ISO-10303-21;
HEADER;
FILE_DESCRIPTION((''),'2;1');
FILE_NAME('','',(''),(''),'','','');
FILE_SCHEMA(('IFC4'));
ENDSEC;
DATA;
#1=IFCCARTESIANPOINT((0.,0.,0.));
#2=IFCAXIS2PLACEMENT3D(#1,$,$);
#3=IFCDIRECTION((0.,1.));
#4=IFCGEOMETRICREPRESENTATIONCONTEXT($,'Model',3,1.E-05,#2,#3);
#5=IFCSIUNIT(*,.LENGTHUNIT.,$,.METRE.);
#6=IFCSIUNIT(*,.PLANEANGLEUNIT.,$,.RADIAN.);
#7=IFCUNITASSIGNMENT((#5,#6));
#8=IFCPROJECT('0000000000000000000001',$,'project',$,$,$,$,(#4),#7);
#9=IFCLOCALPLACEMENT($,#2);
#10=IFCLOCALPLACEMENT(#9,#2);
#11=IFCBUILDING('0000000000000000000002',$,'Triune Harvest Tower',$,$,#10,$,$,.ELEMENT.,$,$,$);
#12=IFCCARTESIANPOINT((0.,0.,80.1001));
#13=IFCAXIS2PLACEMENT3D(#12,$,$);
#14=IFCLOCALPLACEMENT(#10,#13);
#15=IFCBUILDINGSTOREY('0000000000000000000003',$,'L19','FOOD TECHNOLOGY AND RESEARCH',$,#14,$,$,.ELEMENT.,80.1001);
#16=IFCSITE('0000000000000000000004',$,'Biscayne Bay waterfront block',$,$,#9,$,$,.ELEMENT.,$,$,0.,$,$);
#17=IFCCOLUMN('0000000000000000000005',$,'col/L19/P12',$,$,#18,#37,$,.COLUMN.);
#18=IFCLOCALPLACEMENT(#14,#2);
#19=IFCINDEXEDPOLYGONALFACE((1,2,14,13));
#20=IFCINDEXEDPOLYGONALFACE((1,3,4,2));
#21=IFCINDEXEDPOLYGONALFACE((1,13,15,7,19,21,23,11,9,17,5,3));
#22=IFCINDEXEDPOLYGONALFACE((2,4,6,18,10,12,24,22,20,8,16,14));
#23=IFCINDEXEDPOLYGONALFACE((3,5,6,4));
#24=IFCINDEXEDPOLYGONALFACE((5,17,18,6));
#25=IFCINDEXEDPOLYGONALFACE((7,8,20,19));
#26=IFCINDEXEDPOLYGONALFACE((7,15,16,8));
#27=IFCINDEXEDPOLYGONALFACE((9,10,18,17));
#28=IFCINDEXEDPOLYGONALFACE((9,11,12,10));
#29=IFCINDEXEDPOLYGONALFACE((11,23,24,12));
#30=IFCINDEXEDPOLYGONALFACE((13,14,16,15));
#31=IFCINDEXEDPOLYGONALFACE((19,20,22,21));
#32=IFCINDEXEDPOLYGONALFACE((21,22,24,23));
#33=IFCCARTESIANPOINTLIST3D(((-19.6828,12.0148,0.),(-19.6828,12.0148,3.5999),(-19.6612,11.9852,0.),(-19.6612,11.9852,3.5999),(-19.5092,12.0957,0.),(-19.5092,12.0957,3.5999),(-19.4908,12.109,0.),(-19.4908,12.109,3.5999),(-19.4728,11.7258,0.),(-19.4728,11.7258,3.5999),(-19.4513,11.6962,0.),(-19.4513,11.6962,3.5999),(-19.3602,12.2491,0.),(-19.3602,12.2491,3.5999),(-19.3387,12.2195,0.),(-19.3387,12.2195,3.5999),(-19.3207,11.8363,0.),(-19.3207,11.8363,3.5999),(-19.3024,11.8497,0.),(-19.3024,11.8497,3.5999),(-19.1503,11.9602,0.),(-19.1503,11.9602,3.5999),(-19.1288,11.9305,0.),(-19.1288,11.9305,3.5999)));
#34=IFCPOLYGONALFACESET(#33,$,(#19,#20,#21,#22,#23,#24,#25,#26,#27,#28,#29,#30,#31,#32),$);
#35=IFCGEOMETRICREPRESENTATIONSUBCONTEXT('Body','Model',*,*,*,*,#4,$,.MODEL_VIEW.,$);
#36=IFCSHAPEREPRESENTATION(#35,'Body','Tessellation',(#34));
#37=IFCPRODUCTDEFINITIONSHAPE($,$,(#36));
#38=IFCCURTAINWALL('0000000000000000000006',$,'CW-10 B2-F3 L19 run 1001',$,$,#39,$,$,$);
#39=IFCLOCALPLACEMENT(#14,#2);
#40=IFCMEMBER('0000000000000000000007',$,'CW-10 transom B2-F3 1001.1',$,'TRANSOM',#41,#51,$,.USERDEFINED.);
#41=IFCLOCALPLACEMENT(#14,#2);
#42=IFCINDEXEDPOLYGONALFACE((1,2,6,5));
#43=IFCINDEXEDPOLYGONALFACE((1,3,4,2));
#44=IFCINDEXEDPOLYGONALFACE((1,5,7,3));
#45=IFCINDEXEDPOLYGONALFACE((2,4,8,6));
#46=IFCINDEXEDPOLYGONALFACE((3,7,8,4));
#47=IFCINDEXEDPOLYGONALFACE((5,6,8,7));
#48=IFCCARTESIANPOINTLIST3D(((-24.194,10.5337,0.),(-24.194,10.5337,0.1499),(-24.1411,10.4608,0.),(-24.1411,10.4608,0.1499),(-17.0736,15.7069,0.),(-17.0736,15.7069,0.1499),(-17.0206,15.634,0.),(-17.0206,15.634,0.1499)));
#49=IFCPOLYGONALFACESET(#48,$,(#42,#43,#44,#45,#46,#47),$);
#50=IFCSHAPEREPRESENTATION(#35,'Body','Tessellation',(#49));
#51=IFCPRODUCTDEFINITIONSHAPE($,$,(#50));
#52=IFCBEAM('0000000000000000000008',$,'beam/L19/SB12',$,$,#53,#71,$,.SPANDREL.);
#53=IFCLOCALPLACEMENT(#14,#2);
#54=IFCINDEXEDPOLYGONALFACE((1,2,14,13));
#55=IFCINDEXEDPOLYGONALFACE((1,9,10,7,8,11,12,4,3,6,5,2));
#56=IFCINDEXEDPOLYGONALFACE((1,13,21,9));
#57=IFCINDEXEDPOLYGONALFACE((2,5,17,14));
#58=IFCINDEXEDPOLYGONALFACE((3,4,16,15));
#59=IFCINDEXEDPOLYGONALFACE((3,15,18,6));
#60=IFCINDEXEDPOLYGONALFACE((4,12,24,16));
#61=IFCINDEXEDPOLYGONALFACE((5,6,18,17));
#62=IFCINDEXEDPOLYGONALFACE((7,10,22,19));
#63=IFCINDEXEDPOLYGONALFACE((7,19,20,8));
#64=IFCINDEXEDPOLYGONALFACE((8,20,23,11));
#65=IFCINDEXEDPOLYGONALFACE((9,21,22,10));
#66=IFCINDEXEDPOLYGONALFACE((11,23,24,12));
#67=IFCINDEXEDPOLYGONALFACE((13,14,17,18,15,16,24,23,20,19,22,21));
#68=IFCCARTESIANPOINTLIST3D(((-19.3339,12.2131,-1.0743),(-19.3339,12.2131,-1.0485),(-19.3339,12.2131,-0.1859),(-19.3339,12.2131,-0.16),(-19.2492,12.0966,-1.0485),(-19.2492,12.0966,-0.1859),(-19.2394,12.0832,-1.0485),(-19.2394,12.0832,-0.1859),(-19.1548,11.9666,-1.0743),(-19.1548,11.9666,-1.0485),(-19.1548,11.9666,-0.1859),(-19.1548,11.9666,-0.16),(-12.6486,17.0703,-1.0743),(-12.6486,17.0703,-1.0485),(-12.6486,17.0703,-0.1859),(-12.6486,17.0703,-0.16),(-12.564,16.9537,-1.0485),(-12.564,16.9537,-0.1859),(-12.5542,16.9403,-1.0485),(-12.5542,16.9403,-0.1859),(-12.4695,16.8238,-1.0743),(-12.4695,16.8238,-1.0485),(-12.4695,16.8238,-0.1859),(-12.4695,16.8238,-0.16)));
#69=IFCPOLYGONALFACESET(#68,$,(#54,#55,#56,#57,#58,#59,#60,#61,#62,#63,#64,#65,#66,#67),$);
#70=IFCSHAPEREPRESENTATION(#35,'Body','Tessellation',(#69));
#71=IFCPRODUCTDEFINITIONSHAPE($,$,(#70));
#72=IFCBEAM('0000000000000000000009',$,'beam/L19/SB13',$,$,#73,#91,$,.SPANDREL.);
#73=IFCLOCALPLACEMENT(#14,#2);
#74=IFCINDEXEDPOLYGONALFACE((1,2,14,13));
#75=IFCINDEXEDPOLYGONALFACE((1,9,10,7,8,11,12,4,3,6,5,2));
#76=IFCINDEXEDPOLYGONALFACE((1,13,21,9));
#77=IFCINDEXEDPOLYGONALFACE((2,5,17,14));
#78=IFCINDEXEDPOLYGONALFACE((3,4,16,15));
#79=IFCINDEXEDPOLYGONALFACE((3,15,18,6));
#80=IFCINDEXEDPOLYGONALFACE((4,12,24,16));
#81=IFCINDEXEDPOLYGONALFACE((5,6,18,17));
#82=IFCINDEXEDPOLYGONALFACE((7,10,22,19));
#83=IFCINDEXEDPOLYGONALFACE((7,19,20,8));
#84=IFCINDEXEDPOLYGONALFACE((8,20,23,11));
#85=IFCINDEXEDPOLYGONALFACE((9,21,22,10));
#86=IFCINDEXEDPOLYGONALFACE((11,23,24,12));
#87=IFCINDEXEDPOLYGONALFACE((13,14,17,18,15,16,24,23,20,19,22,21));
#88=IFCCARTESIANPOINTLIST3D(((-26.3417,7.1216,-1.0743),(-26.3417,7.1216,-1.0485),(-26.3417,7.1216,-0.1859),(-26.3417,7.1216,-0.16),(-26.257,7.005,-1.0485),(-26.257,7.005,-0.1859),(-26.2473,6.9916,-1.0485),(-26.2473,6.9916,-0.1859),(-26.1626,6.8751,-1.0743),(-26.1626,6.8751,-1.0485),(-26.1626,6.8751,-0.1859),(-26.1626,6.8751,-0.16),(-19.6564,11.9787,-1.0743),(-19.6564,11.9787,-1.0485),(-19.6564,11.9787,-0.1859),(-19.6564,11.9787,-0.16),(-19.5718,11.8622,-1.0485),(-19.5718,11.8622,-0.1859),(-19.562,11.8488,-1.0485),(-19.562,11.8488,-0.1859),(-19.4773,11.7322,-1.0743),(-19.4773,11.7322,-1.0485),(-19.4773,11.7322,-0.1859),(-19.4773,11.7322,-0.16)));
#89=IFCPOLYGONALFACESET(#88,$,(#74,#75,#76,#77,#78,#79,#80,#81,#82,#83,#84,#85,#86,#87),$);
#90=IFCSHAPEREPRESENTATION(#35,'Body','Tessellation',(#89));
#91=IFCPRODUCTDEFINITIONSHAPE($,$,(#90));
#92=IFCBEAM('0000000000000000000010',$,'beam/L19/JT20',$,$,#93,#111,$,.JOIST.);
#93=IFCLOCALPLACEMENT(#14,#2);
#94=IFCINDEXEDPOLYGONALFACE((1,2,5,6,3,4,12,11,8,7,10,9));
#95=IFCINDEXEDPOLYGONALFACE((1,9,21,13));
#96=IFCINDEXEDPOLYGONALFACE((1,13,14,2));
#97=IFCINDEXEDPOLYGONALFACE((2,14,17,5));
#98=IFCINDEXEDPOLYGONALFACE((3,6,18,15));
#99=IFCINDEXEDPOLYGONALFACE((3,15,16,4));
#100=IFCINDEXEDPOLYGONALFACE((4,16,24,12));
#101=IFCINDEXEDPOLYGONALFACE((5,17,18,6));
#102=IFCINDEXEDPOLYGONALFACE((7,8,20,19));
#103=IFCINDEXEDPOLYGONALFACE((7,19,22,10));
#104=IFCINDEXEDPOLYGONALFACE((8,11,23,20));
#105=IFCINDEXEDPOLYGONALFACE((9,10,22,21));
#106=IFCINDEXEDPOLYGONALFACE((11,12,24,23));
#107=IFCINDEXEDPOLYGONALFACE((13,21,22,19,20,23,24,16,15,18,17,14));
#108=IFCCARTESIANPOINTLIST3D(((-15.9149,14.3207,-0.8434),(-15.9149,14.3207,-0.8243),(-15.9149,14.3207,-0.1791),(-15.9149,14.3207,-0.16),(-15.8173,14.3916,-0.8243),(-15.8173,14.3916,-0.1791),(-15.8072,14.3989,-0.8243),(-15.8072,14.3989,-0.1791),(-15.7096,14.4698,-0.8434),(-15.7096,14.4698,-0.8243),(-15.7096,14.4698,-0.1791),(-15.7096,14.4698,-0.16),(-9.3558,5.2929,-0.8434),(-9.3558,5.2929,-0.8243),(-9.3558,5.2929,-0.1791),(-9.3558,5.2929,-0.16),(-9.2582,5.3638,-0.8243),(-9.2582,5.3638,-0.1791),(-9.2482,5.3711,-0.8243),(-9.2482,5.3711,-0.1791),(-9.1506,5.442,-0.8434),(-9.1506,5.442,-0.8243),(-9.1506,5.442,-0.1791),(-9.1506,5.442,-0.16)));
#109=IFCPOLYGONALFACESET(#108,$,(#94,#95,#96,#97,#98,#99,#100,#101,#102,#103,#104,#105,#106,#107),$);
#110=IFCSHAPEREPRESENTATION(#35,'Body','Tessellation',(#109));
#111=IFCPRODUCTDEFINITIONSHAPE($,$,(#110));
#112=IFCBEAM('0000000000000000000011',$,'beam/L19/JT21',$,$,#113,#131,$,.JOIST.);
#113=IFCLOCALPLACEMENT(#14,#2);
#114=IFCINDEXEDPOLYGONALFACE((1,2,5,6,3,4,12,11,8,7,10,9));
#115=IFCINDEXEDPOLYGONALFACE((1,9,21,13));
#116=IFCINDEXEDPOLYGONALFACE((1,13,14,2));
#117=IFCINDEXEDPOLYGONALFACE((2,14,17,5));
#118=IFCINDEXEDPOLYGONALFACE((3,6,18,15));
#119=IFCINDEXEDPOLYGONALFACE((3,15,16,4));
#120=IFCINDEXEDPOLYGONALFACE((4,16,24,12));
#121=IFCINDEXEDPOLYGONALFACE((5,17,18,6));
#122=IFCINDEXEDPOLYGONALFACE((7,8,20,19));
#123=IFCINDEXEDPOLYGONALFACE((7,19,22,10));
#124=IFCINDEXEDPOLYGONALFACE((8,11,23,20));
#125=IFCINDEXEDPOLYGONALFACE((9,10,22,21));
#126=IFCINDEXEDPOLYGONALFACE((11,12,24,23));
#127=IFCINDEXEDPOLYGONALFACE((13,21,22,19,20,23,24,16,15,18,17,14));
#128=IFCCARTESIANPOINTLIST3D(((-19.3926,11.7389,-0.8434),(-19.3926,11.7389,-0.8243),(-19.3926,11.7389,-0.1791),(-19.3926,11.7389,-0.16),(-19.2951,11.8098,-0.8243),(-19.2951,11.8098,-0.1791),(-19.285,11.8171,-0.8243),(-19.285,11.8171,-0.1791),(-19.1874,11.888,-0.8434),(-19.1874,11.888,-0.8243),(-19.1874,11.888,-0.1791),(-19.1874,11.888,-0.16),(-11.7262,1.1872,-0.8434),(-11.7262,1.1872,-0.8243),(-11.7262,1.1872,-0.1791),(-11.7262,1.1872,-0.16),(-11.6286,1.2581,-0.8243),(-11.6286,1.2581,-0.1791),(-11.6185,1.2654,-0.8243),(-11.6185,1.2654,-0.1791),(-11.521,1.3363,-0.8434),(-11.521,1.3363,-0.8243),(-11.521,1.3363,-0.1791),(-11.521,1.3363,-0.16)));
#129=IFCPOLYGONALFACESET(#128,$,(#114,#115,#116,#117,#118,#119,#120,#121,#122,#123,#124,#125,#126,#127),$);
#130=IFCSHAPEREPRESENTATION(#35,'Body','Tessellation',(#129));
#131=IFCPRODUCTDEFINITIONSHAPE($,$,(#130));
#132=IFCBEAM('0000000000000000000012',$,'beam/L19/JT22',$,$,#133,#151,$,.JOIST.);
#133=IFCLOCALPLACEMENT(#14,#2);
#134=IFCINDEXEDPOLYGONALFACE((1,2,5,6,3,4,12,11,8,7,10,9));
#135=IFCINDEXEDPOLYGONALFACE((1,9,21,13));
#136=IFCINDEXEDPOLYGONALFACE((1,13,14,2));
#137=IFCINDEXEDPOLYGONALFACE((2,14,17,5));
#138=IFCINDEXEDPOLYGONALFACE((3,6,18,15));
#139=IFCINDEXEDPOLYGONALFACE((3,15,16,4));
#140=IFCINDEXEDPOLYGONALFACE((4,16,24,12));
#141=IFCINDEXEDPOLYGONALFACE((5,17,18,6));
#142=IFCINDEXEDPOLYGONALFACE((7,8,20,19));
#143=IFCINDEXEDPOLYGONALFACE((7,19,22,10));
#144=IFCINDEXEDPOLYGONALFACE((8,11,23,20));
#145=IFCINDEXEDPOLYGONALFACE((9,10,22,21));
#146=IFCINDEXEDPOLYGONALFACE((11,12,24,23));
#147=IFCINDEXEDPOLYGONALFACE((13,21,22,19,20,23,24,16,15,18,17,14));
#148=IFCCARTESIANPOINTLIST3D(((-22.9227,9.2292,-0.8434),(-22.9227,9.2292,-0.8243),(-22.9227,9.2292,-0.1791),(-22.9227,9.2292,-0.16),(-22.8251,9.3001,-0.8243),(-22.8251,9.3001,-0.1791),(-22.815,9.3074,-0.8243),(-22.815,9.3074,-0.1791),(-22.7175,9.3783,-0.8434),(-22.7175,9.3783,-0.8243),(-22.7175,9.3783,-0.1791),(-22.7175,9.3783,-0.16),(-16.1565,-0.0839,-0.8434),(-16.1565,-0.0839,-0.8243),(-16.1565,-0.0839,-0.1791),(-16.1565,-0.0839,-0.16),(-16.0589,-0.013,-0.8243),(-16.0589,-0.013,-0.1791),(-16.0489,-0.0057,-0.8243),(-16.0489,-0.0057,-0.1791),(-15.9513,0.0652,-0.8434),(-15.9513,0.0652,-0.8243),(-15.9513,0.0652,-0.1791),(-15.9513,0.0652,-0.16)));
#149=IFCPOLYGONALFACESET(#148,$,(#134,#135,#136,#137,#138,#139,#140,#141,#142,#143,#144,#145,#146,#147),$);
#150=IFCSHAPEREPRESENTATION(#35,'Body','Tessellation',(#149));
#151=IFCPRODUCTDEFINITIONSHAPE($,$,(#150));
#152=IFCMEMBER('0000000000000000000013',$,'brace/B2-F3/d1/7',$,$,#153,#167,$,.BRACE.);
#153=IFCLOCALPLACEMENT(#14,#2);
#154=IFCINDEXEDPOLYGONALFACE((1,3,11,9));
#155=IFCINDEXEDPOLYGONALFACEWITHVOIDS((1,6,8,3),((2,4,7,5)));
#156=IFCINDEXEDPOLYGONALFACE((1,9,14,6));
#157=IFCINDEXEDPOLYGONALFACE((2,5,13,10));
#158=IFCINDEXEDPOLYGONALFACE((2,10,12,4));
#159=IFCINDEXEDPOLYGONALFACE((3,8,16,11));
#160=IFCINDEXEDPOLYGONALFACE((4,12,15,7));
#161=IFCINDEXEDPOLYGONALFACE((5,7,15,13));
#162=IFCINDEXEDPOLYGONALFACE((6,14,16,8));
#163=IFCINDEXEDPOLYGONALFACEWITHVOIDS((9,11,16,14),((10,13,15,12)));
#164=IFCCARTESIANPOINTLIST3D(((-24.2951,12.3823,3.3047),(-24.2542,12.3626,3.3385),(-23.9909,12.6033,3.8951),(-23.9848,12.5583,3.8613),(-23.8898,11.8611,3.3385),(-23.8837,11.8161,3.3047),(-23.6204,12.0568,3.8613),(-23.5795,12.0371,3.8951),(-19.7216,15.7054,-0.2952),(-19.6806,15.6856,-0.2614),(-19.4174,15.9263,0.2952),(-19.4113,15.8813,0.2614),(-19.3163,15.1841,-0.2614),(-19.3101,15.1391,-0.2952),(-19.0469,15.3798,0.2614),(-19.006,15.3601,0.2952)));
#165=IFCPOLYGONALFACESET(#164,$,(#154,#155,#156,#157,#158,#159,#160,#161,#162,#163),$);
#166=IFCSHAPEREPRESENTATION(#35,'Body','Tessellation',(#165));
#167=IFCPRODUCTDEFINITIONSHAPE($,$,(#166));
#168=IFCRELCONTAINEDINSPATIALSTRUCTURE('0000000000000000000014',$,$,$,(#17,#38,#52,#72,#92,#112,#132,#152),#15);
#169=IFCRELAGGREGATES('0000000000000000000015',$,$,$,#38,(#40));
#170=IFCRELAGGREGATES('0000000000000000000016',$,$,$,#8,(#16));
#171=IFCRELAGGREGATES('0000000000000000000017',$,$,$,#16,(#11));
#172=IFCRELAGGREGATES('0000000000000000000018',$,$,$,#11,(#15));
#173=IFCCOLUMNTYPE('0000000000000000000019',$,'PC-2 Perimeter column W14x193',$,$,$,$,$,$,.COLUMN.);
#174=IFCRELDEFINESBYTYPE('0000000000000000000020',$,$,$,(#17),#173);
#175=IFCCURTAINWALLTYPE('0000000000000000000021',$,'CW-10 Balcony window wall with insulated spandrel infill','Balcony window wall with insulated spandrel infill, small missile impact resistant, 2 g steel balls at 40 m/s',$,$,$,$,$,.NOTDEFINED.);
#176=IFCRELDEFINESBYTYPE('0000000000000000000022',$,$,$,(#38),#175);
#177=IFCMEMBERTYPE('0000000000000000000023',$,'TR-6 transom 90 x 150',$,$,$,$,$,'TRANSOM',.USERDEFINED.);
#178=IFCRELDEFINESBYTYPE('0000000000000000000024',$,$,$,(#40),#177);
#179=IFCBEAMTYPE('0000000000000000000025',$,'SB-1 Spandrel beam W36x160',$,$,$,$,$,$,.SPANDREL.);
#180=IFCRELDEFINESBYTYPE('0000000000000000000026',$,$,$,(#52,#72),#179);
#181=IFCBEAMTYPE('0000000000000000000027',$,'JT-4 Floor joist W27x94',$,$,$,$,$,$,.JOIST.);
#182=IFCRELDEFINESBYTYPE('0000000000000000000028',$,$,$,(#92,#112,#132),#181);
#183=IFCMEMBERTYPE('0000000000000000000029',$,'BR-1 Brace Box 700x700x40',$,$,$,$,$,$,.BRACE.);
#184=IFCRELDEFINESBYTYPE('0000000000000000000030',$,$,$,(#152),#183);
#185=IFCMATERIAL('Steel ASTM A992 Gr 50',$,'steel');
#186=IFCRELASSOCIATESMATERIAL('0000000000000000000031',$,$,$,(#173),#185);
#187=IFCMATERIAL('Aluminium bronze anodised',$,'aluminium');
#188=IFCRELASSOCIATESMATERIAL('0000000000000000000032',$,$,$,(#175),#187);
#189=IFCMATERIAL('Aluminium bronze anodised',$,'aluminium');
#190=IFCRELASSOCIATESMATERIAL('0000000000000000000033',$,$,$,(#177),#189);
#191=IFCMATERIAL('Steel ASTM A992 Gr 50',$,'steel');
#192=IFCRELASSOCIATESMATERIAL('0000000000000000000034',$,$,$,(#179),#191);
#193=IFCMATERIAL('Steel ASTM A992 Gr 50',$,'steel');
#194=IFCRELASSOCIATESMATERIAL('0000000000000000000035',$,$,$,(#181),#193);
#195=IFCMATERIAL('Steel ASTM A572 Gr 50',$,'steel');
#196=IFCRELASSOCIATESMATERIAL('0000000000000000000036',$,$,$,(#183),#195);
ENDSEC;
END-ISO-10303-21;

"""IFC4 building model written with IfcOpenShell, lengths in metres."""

from ifc_helpers import new_model, si_unit, direction, frame, origin, origin_2d, place, context, subcontext, project, spatial, rectangle, hollow_rectangle, i_section, extrude, source, transform, mapped, material, material_profile, profile_set, type_object, element, aggregate, save


model = new_model("IFC4")

# Units and contexts
model_context = context("Model", 3, precision=1e-05, world=origin(), true_north=direction((0.0, 1.0)))
body_context = subcontext(model_context, "Body", "Model", "MODEL_VIEW")
ifc_project = project(units=[si_unit("LENGTHUNIT", "METRE"), si_unit("PLANEANGLEUNIT", "RADIAN")], contexts=[model_context])

# Site, building, storey
site_placement = place(None, origin())
site = spatial("IfcSite", under=ifc_project, at=site_placement, Name="Biscayne Bay waterfront block", CompositionType="ELEMENT", RefElevation=0.0)
building_placement = place(site_placement, origin())
building = spatial("IfcBuilding", under=site, at=building_placement, Name="Triune Harvest Tower", CompositionType="ELEMENT")
storey_placement = place(building_placement, frame((0.0, 0.0, 80.1001)))
storey = spatial("IfcBuildingStorey", under=building, at=storey_placement, Name="L19", Description="FOOD TECHNOLOGY AND RESEARCH", CompositionType="ELEMENT", Elevation=80.1001)

# Column
ifc_material_1 = material(Name="Steel ASTM A992 Gr 50", Category="steel")
ifc_material_profile_1 = material_profile(ifc_material_1, i_section(OverallWidth=0.3987, OverallDepth=0.3938, WebThickness=0.0227, FlangeThickness=0.0366, at=origin_2d()), Name="W14x193")
ifc_profile_set_1 = profile_set([ifc_material_profile_1], Name="Steel ASTM A992 Gr 50")
column_type = type_object("IfcColumnType", Name="PC-2 Perimeter column W14x193", PredefinedType="COLUMN", material=ifc_profile_set_1)
shared_shape_1 = source(origin(), body_context, "Body", "SweptSolid", [
    extrude(i_section(OverallWidth=0.3987, OverallDepth=0.3938, WebThickness=0.0227, FlangeThickness=0.0366, at=origin_2d()), origin(), (0.0, 0.0, 1.0), 3.5999),
])
column_placement = place(storey_placement, frame((-19.4058, 11.9727, 0.0), z_axis=(0.0, 0.0, 1.0), x_axis=(-0.809017, -0.587785, 0.0)))
element("IfcColumn", 1, at=column_placement, inside=storey, type_object=column_type, Name="col/L19/P12", PredefinedType="COLUMN", context=body_context, shape_type="MappedRepresentation", body=[
    mapped(shared_shape_1, transform((0.0, 0.0, 0.0), scale=1.0)),
])

# Curtain wall, member
ifc_material_2 = material(Name="Aluminium bronze anodised", Category="aluminium")
curtain_wall_type_1 = type_object("IfcCurtainWallType", Name="CW-10 Balcony window wall with insulated spandrel infill", Description="Balcony window wall with insulated spandrel infill, small missile impact resistant, 2 g steel balls at 40 m/s", PredefinedType="NOTDEFINED", material=ifc_material_2)
curtain_wall_1_placement = place(storey_placement, origin())
curtain_wall_1 = element("IfcCurtainWall", 2, at=curtain_wall_1_placement, inside=storey, type_object=curtain_wall_type_1, Name="CW-10 B2-F3 L19 run 1001")
ifc_material_3 = material(Name="Aluminium bronze anodised", Category="aluminium")
ifc_material_profile_2 = material_profile(ifc_material_3, rectangle(XDim=0.0901, YDim=0.1499, at=origin_2d()), Name="TR-6 transom 90 x 150")
ifc_profile_set_2 = profile_set([ifc_material_profile_2], Name="Aluminium bronze anodised")
member_type_1 = type_object("IfcMemberType", Name="TR-6 transom 90 x 150", ElementType="TRANSOM", PredefinedType="USERDEFINED", material=ifc_profile_set_2)
member_1_placement = place(storey_placement, frame((-17.0471, 15.6704, 0.075), z_axis=(-0.809025, -0.587774, 0.0), x_axis=(0.587774, -0.809025, 0.0)))
member_1 = element("IfcMember", 3, at=member_1_placement, type_object=member_type_1, Name="CW-10 transom B2-F3 1001.1", ObjectType="TRANSOM", PredefinedType="USERDEFINED", context=body_context, shape_type="SweptSolid", body=[
    extrude(rectangle(XDim=0.0901, YDim=0.1499, at=origin_2d()), origin(), (0.0, 0.0, 1.0), 8.8013),
])

# Beams
ifc_material_4 = material(Name="Steel ASTM A992 Gr 50", Category="steel")
ifc_material_profile_3 = material_profile(ifc_material_4, i_section(OverallWidth=0.3047, OverallDepth=0.9143, WebThickness=0.0166, FlangeThickness=0.0259, at=origin_2d()), Name="W36x160")
ifc_profile_set_3 = profile_set([ifc_material_profile_3], Name="Steel ASTM A992 Gr 50")
beam_type_1 = type_object("IfcBeamType", Name="SB-1 Spandrel beam W36x160", PredefinedType="SPANDREL", material=ifc_profile_set_3)
shared_shape_2 = source(origin(), body_context, "Body", "SweptSolid", [
    extrude(i_section(OverallWidth=0.3047, OverallDepth=0.9143, WebThickness=0.0166, FlangeThickness=0.0259, at=origin_2d()), origin(), (0.0, 0.0, 1.0), 8.2634),
])
for number, where, z_axis, x_axis, name in (
    (4, (-12.5591, 16.947, -0.6172), (-0.809016, -0.587787, 0.0), (0.587787, -0.809016, 0.0), "beam/L19/SB12"),
    (5, (-19.5669, 11.8555, -0.6172), (-0.809016, -0.587787, 0.0), (0.587787, -0.809016, 0.0), "beam/L19/SB13"),
):
    element("IfcBeam", number, at=place(storey_placement, frame(where, z_axis=z_axis, x_axis=x_axis)), inside=storey, type_object=beam_type_1, Name=name, PredefinedType="SPANDREL", context=body_context, shape_type="MappedRepresentation", body=[
        mapped(shared_shape_2, transform((0.0, 0.0, 0.0), scale=1.0)),
    ])
ifc_material_5 = material(Name="Steel ASTM A992 Gr 50", Category="steel")
ifc_material_profile_4 = material_profile(ifc_material_5, i_section(OverallWidth=0.2537, OverallDepth=0.6833, WebThickness=0.0125, FlangeThickness=0.019, at=origin_2d()), Name="W27x94")
ifc_profile_set_4 = profile_set([ifc_material_profile_4], Name="Steel ASTM A992 Gr 50")
beam_type_2 = type_object("IfcBeamType", Name="JT-4 Floor joist W27x94", PredefinedType="JOIST", material=ifc_profile_set_4)
shared_shape_3 = source(origin(), body_context, "Body", "SweptSolid", [
    extrude(i_section(OverallWidth=0.2537, OverallDepth=0.6833, WebThickness=0.0125, FlangeThickness=0.019, at=origin_2d()), origin(), (0.0, 0.0, 1.0), 11.1589),
])
beam_1_placement = place(storey_placement, frame((-15.8123, 14.3953, -0.5017), z_axis=(0.587784, -0.809018, 0.0), x_axis=(0.809018, 0.587784, 0.0)))
element("IfcBeam", 6, at=beam_1_placement, inside=storey, type_object=beam_type_2, Name="beam/L19/JT20", PredefinedType="JOIST", context=body_context, shape_type="MappedRepresentation", body=[
    mapped(shared_shape_3, transform((0.0, 0.0, 0.0), scale=1.0)),
])
shared_shape_4 = source(origin(), body_context, "Body", "SweptSolid", [
    extrude(i_section(OverallWidth=0.2537, OverallDepth=0.6833, WebThickness=0.0125, FlangeThickness=0.019, at=origin_2d()), origin(), (0.0, 0.0, 1.0), 13.0427),
])
beam_2_placement = place(storey_placement, frame((-19.29, 11.8135, -0.5017), z_axis=(0.587795, -0.80901, 0.0), x_axis=(0.80901, 0.587795, 0.0)))
element("IfcBeam", 7, at=beam_2_placement, inside=storey, type_object=beam_type_2, Name="beam/L19/JT21", PredefinedType="JOIST", context=body_context, shape_type="MappedRepresentation", body=[
    mapped(shared_shape_4, transform((0.0, 0.0, 0.0), scale=1.0)),
])
shared_shape_5 = source(origin(), body_context, "Body", "SweptSolid", [
    extrude(i_section(OverallWidth=0.2537, OverallDepth=0.6833, WebThickness=0.0125, FlangeThickness=0.019, at=origin_2d()), origin(), (0.0, 0.0, 1.0), 11.5115),
])
beam_3_placement = place(storey_placement, frame((-22.8201, 9.3037, -0.5017), z_axis=(0.587776, -0.809024, 0.0), x_axis=(0.809024, 0.587776, 0.0)))
element("IfcBeam", 8, at=beam_3_placement, inside=storey, type_object=beam_type_2, Name="beam/L19/JT22", PredefinedType="JOIST", context=body_context, shape_type="MappedRepresentation", body=[
    mapped(shared_shape_5, transform((0.0, 0.0, 0.0), scale=1.0)),
])

# Member
ifc_material_6 = material(Name="Steel ASTM A572 Gr 50", Category="steel")
ifc_material_profile_5 = material_profile(ifc_material_6, hollow_rectangle(XDim=0.7, YDim=0.7, WallThickness=0.04, at=origin_2d()), Name="Box 700x700x40")
ifc_profile_set_5 = profile_set([ifc_material_profile_5], Name="Steel ASTM A572 Gr 50")
member_type_2 = type_object("IfcMemberType", Name="BR-1 Brace Box 700x700x40", PredefinedType="BRACE", material=ifc_profile_set_5)
shared_shape_6 = source(origin(), body_context, "Body", "SweptSolid", [
    extrude(hollow_rectangle(XDim=0.7, YDim=0.7, WallThickness=0.04, at=origin_2d()), origin(), (0.0, 0.0, 1.0), 6.7021),
])
member_2_placement = place(storey_placement, frame((-19.3638, 15.5327, 0.0), z_axis=(-0.682397, -0.495815, 0.537124), x_axis=(0.587804, -0.809003, 0.0)))
element("IfcMember", 9, at=member_2_placement, inside=storey, type_object=member_type_2, Name="brace/B2-F3/d1/7", PredefinedType="BRACE", context=body_context, shape_type="MappedRepresentation", body=[
    mapped(shared_shape_6, transform((0.0, 0.0, 0.0), scale=1.0)),
])

aggregate(curtain_wall_1, [member_1])

save(model, "model.ifc")
